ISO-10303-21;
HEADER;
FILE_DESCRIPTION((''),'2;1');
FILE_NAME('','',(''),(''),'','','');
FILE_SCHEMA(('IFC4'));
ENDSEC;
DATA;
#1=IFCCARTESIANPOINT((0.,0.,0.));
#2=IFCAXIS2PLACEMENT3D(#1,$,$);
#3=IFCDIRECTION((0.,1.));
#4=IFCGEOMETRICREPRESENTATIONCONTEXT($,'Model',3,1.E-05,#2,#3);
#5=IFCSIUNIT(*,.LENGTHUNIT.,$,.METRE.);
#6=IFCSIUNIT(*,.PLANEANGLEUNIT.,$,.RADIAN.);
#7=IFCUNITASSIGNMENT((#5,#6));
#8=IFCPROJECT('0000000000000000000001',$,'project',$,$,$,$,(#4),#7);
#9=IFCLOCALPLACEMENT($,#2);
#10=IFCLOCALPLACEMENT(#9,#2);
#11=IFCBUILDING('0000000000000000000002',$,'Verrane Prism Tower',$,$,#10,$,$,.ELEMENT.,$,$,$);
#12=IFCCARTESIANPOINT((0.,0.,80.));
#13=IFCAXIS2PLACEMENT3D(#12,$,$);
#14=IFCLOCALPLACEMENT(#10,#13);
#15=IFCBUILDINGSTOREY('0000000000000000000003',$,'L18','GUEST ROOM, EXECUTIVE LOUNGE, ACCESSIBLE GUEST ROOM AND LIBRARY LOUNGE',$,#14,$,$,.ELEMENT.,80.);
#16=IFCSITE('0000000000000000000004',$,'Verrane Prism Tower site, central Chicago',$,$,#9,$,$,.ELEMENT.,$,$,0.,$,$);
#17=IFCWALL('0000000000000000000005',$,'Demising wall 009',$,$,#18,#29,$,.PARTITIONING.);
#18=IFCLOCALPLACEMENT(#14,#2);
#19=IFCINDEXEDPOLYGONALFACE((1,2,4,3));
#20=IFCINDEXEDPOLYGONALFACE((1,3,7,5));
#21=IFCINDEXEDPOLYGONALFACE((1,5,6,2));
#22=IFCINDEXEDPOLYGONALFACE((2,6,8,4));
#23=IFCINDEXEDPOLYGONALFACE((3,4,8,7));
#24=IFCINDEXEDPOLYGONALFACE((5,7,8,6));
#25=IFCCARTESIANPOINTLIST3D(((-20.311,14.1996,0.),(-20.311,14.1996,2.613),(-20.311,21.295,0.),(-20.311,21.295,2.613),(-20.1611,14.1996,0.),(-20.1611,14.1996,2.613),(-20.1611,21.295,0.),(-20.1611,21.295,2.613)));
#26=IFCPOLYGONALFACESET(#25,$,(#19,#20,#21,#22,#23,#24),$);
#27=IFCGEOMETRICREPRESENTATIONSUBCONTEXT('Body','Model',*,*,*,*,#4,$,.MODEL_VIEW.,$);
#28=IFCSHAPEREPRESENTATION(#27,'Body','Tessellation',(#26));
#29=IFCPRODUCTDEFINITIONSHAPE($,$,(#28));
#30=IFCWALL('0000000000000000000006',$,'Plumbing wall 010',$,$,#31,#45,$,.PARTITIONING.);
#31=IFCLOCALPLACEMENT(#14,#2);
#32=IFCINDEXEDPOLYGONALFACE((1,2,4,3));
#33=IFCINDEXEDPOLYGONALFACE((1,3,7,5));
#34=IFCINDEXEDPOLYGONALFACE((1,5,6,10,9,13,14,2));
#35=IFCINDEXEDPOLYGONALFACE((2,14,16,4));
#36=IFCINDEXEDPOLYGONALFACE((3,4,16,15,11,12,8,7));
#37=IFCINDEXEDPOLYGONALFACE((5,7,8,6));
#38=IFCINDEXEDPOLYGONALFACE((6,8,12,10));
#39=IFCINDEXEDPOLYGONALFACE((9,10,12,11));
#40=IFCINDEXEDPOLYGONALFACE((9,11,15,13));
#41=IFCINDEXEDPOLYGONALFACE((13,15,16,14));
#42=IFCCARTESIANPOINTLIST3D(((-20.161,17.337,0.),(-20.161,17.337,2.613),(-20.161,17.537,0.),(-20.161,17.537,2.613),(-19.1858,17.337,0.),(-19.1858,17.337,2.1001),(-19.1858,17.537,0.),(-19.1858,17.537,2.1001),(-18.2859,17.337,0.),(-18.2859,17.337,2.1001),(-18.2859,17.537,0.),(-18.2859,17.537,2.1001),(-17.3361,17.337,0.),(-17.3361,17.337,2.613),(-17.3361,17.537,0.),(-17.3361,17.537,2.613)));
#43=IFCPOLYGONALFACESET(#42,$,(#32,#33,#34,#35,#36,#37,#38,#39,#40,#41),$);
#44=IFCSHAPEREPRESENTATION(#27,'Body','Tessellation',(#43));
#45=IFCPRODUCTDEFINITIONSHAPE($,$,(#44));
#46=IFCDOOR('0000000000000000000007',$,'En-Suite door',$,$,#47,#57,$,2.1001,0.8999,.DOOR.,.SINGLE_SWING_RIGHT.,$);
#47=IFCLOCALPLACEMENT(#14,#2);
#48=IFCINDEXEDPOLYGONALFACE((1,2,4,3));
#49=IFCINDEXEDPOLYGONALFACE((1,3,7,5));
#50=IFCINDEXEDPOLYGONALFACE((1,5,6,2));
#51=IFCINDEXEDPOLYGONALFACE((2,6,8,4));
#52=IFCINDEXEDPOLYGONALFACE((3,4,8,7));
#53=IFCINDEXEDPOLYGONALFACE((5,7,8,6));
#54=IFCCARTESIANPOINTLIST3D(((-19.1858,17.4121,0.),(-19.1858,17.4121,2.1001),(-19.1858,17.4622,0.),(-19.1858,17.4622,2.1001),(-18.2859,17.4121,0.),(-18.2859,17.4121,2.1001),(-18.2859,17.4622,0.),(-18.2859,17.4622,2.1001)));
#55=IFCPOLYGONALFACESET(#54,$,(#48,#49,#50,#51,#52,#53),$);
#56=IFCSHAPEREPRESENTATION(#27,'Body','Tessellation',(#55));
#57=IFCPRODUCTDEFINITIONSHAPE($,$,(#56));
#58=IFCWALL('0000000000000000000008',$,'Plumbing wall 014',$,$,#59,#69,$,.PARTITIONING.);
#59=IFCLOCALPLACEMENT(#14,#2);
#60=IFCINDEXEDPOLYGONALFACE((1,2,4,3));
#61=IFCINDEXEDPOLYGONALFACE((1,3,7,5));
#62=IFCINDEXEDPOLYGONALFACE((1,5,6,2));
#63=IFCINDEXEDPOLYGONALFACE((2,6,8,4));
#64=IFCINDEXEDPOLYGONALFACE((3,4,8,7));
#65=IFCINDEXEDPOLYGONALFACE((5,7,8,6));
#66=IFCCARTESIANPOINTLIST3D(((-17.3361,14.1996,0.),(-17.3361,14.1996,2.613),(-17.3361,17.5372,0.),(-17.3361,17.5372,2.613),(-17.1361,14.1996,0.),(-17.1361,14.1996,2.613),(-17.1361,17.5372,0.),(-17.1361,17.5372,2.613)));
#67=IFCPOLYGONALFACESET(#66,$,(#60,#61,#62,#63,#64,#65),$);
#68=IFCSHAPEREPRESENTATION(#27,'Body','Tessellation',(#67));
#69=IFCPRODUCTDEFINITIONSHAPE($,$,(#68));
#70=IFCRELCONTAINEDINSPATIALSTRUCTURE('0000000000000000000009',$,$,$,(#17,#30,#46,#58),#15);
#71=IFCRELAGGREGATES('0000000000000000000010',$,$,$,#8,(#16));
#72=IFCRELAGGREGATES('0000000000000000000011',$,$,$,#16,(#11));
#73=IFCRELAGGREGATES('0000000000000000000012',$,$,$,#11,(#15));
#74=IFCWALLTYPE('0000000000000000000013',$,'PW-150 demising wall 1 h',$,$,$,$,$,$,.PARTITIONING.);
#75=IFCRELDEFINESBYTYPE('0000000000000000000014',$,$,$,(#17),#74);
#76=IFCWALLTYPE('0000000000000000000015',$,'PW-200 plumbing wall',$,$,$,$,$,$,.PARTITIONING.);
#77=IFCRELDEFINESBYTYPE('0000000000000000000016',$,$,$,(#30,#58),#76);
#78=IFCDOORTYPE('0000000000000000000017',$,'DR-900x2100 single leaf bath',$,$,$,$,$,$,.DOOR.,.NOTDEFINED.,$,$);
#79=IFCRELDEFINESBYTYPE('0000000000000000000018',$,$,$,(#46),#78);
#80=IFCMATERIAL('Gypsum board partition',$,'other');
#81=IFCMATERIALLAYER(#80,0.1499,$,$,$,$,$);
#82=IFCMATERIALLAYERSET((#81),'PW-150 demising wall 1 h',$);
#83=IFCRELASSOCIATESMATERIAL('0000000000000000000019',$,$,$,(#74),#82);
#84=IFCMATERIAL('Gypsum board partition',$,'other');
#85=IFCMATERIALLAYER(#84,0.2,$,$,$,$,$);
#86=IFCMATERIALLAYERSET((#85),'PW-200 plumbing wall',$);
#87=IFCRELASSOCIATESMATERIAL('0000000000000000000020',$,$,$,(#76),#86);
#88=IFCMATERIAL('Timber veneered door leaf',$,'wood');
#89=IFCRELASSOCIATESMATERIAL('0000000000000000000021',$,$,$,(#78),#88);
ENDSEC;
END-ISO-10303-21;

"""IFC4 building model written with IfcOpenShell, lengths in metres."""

from ifc_helpers import new_model, si_unit, direction, frame, frame_2d, origin, place, context, subcontext, project, spatial, rectangle, extrude, material, layer, layer_set, type_object, element, fill, save


model = new_model("IFC4")

# Units and contexts
model_context = context("Model", 3, precision=1e-05, world=origin(), true_north=direction((0.0, 1.0)))
body_context = subcontext(model_context, "Body", "Model", "MODEL_VIEW")
ifc_project = project(units=[si_unit("LENGTHUNIT", "METRE"), si_unit("PLANEANGLEUNIT", "RADIAN")], contexts=[model_context])

# Site, building, storey
site_placement = place(None, origin())
site = spatial("IfcSite", under=ifc_project, at=site_placement, Name="Verrane Prism Tower site, central Chicago", CompositionType="ELEMENT", RefElevation=0.0)
building_placement = place(site_placement, origin())
building = spatial("IfcBuilding", under=site, at=building_placement, Name="Verrane Prism Tower", CompositionType="ELEMENT")
storey_placement = place(building_placement, frame((0.0, 0.0, 80.0)))
storey = spatial("IfcBuildingStorey", under=building, at=storey_placement, Name="L18", Description="GUEST ROOM, EXECUTIVE LOUNGE, ACCESSIBLE GUEST ROOM AND LIBRARY LOUNGE", CompositionType="ELEMENT", Elevation=80.0)

# Wall
ifc_material_1 = material(Name="Gypsum board partition", Category="other")
ifc_layer_1 = layer(ifc_material_1, 0.1499)
ifc_layer_set_1 = layer_set([ifc_layer_1], Name="PW-150 demising wall 1 h")
wall_type_1 = type_object("IfcWallType", Name="PW-150 demising wall 1 h", PredefinedType="PARTITIONING", material=ifc_layer_set_1)
wall_1_placement = place(storey_placement, frame((-20.2361, 14.1995, 0.0), z_axis=(0.0, 0.0, 1.0), x_axis=(0.0, 1.0, 0.0)))
element("IfcWall", 1, at=wall_1_placement, inside=storey, type_object=wall_type_1, Name="Demising wall 009", PredefinedType="PARTITIONING", context=body_context, shape_type="SweptSolid", body=[
    extrude(rectangle(XDim=7.0955, YDim=0.1499, at=frame_2d((3.5479, 0.0))), origin(), (0.0, 0.0, 1.0), 2.613),
])

# Wall, opening, door
ifc_material_2 = material(Name="Gypsum board partition", Category="other")
ifc_layer_2 = layer(ifc_material_2, 0.2)
ifc_layer_set_2 = layer_set([ifc_layer_2], Name="PW-200 plumbing wall")
wall_type_2 = type_object("IfcWallType", Name="PW-200 plumbing wall", PredefinedType="PARTITIONING", material=ifc_layer_set_2)
wall_2_placement = place(storey_placement, frame((-17.3359, 17.437, 0.0), z_axis=(0.0, 0.0, 1.0), x_axis=(-1.0, 0.0, 0.0)))
wall_2 = element("IfcWall", 2, at=wall_2_placement, inside=storey, type_object=wall_type_2, Name="Plumbing wall 010", PredefinedType="PARTITIONING", context=body_context, shape_type="SweptSolid", body=[
    extrude(rectangle(XDim=2.825, YDim=0.2, at=frame_2d((1.4126, 0.0))), origin(), (0.0, 0.0, 1.0), 2.613),
])
opening_placement = place(wall_2_placement, frame((0.95, 0.0, 0.0)))
opening = element("IfcOpeningElement", 3, at=opening_placement, cuts=wall_2, PredefinedType="OPENING", context=body_context, shape_type="SweptSolid", body=[
    extrude(rectangle(XDim=0.8999, YDim=2.1001, at=frame_2d((0.45, 1.05))), frame((0.0, 0.1099, 0.0), z_axis=(0.0, -1.0, 0.0), x_axis=(1.0, 0.0, 0.0)), (0.0, 0.0, 1.0), 0.22),
])
ifc_material_3 = material(Name="Timber veneered door leaf", Category="wood")
door_type = type_object("IfcDoorType", Name="DR-900x2100 single leaf bath", OperationType="NOTDEFINED", PredefinedType="DOOR", material=ifc_material_3)
door_placement = place(opening_placement, origin())
door = element("IfcDoor", 4, at=door_placement, inside=storey, type_object=door_type, Name="En-Suite door", OperationType="SINGLE_SWING_RIGHT", OverallHeight=2.1001, OverallWidth=0.8999, PredefinedType="DOOR", context=body_context, shape_type="SweptSolid", body=[
    extrude(rectangle(XDim=0.8999, YDim=2.1001, at=frame_2d((0.45, 1.05))), frame((0.0, 0.0249, 0.0), z_axis=(0.0, -1.0, 0.0), x_axis=(1.0, 0.0, 0.0)), (0.0, 0.0, 1.0), 0.05),
])
fill(opening, door)

# Wall
wall_3_placement = place(storey_placement, frame((-17.2361, 14.1995, 0.0), z_axis=(0.0, 0.0, 1.0), x_axis=(0.0, 1.0, 0.0)))
element("IfcWall", 5, at=wall_3_placement, inside=storey, type_object=wall_type_2, Name="Plumbing wall 014", PredefinedType="PARTITIONING", context=body_context, shape_type="SweptSolid", body=[
    extrude(rectangle(XDim=3.3376, YDim=0.2, at=frame_2d((1.6689, 0.0))), origin(), (0.0, 0.0, 1.0), 2.613),
])

save(model, "model.ifc")
